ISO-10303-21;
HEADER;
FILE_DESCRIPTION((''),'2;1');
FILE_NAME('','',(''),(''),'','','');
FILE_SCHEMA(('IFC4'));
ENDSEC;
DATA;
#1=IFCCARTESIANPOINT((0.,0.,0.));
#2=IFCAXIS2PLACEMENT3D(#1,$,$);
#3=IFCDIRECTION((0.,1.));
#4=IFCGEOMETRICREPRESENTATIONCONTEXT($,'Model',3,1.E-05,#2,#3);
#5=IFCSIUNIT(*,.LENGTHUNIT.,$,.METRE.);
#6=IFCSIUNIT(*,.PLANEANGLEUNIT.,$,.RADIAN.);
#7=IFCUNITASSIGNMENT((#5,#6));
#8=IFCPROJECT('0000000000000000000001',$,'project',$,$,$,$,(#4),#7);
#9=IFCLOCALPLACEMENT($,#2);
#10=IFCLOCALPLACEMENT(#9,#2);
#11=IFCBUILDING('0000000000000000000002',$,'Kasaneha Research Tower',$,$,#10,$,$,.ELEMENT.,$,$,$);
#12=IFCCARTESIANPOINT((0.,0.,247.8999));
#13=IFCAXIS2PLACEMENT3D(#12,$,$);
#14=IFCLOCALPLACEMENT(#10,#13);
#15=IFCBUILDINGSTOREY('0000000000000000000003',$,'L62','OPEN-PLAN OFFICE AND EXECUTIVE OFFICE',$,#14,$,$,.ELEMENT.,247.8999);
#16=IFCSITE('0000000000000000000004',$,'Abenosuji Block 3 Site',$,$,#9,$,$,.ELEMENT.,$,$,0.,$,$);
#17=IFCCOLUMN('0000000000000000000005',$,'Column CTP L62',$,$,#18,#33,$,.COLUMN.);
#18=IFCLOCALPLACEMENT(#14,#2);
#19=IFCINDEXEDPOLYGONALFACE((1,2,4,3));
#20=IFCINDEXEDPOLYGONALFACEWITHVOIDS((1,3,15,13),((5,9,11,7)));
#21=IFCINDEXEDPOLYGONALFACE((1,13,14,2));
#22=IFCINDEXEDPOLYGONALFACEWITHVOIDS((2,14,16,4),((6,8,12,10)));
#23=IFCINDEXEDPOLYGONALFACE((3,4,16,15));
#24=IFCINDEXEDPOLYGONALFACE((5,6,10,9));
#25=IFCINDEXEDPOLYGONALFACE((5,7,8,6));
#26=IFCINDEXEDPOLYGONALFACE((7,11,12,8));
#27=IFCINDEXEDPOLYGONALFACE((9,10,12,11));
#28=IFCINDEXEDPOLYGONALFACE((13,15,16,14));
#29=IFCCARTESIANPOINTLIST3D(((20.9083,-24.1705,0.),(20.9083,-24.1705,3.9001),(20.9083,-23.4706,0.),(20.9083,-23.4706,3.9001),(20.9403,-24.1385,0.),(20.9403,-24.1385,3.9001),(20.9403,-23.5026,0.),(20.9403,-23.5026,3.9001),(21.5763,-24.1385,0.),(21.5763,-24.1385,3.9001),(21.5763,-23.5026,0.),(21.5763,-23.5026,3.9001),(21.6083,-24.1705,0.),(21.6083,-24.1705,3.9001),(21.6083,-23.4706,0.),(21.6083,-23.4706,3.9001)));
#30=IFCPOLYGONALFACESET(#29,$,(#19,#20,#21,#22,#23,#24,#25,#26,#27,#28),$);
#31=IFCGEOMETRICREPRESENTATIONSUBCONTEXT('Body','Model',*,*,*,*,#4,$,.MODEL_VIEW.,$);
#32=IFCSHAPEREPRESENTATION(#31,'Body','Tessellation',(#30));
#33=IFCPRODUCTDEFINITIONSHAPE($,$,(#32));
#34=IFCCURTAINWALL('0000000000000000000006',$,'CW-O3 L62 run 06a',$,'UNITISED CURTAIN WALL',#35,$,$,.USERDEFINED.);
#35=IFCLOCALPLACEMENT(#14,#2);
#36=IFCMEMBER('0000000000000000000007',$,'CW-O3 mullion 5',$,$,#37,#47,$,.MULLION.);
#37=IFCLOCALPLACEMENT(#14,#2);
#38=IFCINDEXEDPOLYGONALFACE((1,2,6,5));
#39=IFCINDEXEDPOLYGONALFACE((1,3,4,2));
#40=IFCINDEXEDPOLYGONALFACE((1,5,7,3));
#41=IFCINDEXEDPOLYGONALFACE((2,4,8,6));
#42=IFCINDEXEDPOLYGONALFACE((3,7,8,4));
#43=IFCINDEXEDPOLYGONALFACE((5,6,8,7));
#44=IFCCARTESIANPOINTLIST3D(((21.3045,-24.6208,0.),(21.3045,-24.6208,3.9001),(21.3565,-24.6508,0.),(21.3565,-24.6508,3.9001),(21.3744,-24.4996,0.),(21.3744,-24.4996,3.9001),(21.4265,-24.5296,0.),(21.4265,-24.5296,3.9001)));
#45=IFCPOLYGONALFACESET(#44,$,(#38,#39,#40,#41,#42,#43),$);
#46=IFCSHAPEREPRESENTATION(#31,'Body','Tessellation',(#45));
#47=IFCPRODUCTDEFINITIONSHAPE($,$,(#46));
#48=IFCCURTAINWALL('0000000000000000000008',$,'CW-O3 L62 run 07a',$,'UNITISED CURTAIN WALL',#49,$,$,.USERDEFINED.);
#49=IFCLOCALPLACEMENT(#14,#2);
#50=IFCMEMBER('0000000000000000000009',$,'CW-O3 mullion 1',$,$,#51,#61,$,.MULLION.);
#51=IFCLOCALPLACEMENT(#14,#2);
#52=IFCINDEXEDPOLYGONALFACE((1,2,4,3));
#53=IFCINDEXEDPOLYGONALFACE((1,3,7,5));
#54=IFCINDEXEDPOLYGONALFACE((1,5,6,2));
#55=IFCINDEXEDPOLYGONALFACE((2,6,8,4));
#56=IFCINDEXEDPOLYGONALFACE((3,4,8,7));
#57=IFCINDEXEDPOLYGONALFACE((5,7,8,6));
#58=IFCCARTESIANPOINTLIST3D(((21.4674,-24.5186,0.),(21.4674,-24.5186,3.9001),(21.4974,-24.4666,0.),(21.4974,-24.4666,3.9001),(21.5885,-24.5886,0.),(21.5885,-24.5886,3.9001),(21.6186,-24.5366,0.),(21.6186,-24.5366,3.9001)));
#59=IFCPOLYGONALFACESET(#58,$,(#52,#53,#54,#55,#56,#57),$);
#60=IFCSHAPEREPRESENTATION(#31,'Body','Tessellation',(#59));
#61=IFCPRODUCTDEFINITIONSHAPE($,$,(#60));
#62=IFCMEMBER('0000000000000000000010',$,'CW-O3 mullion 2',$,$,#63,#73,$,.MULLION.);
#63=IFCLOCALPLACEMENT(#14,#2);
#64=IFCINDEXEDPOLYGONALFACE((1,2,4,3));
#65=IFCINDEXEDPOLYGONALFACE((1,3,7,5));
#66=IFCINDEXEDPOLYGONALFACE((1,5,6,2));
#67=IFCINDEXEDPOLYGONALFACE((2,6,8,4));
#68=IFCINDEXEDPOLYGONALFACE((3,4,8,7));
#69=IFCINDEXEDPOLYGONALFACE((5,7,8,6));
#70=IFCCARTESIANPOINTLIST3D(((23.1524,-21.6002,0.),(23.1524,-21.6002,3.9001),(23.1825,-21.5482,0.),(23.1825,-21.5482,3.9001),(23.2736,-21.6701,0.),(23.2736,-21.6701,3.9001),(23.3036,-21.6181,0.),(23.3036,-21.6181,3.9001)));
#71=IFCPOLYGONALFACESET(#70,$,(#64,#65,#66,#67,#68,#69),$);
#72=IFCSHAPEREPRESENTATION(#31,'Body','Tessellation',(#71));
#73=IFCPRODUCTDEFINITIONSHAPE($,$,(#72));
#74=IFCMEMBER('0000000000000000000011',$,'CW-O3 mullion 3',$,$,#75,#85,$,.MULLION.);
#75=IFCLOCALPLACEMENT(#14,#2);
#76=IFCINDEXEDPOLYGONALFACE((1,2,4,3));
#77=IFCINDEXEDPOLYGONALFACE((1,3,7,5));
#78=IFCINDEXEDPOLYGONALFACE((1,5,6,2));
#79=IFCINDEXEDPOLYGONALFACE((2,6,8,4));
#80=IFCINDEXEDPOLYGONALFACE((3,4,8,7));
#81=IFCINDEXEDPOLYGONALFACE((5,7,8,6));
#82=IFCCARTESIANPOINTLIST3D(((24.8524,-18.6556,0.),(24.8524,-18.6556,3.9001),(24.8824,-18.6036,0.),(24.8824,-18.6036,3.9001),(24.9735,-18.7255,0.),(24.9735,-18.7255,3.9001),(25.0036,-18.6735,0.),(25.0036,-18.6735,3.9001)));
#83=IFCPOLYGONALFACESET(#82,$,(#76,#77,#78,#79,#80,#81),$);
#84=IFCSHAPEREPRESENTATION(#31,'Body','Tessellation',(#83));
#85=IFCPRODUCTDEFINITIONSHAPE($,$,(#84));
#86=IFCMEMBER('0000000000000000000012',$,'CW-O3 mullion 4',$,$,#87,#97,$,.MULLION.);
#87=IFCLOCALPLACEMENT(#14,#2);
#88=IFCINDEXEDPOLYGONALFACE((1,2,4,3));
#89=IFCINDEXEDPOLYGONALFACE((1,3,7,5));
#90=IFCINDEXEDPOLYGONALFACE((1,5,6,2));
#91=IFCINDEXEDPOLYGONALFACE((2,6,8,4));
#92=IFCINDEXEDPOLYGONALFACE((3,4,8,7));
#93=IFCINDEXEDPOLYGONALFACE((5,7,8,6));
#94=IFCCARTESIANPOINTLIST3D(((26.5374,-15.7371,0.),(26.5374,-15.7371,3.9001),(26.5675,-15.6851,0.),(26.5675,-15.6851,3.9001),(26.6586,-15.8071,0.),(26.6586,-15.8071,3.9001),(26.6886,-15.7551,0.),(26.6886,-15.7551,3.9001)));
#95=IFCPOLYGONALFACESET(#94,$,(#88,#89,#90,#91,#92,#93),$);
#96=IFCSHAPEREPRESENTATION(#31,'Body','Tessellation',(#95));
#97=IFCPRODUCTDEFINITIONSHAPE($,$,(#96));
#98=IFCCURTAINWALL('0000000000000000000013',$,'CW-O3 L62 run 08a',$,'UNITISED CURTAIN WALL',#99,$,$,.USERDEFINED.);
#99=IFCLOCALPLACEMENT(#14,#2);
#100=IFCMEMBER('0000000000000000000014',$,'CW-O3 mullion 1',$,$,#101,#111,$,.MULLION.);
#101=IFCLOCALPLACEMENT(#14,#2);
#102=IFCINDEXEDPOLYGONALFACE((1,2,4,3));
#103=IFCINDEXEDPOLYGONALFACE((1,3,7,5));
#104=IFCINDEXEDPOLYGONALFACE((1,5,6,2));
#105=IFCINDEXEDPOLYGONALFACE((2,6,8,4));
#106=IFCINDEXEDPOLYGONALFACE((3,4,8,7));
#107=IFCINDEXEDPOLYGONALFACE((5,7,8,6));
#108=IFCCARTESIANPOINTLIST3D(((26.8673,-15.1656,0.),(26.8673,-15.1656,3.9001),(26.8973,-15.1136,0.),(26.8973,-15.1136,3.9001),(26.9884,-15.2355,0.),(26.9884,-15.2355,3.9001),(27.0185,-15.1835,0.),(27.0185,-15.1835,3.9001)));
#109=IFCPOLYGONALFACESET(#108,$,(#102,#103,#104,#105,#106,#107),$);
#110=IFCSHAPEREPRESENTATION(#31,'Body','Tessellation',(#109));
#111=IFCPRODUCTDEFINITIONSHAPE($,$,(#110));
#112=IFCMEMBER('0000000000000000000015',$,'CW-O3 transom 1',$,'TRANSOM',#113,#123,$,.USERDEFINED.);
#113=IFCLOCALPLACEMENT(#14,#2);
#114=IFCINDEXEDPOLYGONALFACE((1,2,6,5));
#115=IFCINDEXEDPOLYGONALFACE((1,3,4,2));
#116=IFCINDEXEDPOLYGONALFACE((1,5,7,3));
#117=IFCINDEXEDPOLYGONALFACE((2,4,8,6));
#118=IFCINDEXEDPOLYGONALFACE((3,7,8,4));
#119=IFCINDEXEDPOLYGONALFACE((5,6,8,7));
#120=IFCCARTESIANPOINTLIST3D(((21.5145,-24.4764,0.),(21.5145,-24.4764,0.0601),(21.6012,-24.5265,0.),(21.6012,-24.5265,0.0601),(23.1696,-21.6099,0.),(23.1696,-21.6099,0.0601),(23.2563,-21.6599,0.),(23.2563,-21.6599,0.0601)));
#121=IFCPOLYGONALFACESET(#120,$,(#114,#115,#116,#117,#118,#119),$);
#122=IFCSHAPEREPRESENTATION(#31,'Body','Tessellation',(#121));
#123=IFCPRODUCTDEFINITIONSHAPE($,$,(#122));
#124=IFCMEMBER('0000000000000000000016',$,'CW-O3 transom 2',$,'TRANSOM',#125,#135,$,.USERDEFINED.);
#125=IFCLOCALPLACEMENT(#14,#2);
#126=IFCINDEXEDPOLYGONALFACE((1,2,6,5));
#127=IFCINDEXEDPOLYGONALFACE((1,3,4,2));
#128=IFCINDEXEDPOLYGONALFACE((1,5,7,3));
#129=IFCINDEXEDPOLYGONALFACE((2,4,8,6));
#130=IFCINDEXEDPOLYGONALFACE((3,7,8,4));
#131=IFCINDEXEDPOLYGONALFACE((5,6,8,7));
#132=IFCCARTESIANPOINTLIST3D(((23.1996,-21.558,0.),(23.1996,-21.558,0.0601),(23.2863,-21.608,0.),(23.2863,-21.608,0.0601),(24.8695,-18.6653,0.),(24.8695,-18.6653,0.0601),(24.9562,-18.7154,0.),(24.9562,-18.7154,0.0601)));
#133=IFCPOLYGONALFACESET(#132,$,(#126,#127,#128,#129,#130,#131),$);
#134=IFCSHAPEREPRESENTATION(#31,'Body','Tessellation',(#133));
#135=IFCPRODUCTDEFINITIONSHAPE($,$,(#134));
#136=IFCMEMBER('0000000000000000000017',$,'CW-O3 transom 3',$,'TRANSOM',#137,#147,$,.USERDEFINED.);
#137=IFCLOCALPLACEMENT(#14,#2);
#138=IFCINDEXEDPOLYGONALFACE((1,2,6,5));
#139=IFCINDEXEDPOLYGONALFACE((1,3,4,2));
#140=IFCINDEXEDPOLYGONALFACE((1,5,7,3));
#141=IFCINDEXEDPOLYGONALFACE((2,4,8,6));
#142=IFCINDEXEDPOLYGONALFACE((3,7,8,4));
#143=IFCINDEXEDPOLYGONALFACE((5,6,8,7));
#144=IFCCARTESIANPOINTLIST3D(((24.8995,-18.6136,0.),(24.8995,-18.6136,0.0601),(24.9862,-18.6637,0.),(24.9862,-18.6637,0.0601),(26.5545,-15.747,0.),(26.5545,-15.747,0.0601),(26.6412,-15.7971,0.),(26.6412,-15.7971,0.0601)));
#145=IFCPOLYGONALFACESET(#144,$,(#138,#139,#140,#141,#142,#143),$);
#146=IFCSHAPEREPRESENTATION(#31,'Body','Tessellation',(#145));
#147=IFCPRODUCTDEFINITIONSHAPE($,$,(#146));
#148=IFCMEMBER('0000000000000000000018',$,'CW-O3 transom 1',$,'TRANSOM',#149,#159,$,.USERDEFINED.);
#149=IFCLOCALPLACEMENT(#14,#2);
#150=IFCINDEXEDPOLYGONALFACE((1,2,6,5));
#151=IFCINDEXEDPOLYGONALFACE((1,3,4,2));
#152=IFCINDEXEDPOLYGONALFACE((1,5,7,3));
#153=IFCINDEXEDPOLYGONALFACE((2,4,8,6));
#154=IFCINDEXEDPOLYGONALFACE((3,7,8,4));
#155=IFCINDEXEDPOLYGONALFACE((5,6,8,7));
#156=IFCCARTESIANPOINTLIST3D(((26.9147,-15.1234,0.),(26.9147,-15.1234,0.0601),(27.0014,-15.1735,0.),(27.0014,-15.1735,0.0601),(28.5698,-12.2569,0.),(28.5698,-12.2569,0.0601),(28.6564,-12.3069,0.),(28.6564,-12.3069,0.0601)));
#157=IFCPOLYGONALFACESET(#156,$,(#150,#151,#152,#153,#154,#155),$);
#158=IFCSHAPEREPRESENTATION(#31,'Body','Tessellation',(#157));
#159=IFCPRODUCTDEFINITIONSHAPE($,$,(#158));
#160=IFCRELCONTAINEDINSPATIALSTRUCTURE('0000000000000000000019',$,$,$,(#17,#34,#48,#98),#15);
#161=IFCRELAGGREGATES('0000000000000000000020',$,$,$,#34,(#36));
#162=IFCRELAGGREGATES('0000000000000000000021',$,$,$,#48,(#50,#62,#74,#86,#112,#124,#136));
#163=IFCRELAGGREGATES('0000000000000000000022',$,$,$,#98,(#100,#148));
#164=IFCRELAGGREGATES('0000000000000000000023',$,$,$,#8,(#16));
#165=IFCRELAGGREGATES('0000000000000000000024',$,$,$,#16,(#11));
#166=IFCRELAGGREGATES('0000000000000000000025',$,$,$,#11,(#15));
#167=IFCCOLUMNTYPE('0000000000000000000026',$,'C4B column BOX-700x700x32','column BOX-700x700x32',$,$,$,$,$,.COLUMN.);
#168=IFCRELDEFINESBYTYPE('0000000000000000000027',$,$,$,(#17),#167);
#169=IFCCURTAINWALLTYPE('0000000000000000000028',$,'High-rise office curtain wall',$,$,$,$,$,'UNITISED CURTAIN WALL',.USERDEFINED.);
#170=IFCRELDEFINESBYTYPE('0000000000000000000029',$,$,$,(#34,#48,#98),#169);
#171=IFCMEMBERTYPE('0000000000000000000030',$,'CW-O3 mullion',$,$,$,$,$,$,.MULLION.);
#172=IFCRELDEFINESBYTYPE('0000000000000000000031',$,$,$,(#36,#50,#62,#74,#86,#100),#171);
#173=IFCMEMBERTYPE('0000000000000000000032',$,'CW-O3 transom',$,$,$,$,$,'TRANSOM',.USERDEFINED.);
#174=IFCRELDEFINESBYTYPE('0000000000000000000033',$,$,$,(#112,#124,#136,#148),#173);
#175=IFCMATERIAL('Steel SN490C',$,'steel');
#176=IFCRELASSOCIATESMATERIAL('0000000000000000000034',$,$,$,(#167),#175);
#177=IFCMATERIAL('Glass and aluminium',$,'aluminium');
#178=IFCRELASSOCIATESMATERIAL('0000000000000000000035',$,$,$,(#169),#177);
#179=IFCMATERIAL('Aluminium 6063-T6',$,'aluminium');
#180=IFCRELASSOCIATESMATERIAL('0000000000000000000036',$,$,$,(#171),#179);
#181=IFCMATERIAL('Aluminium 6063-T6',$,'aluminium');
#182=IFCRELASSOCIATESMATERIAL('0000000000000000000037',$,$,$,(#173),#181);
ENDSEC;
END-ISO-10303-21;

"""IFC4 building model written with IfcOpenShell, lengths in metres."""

from ifc_helpers import new_model, si_unit, direction, frame, origin, origin_2d, place, context, subcontext, project, spatial, rectangle, hollow_rectangle, extrude, material, material_profile, profile_set, type_object, element, aggregate, save


model = new_model("IFC4")

# Units and contexts
model_context = context("Model", 3, precision=1e-05, world=origin(), true_north=direction((0.0, 1.0)))
body_context = subcontext(model_context, "Body", "Model", "MODEL_VIEW")
ifc_project = project(units=[si_unit("LENGTHUNIT", "METRE"), si_unit("PLANEANGLEUNIT", "RADIAN")], contexts=[model_context])

# Site, building, storey
site_placement = place(None, origin())
site = spatial("IfcSite", under=ifc_project, at=site_placement, Name="Abenosuji Block 3 Site", CompositionType="ELEMENT", RefElevation=0.0)
building_placement = place(site_placement, origin())
building = spatial("IfcBuilding", under=site, at=building_placement, Name="Kasaneha Research Tower", CompositionType="ELEMENT")
storey_placement = place(building_placement, frame((0.0, 0.0, 247.8999)))
storey = spatial("IfcBuildingStorey", under=building, at=storey_placement, Name="L62", Description="OPEN-PLAN OFFICE AND EXECUTIVE OFFICE", CompositionType="ELEMENT", Elevation=247.8999)

# Column
ifc_material_1 = material(Name="Steel SN490C", Category="steel")
ifc_material_profile_1 = material_profile(ifc_material_1, hollow_rectangle(XDim=0.7, YDim=0.7, WallThickness=0.032, at=origin_2d()), Name="BOX-700x700x32")
ifc_profile_set_1 = profile_set([ifc_material_profile_1], Name="Steel SN490C")
column_type = type_object("IfcColumnType", Name="C4B column BOX-700x700x32", Description="column BOX-700x700x32", PredefinedType="COLUMN", material=ifc_profile_set_1)
column_placement = place(storey_placement, frame((21.2583, -23.8206, 0.0), z_axis=(0.0, 0.0, 1.0), x_axis=(1.0, 0.0, 0.0)))
element("IfcColumn", 1, at=column_placement, inside=storey, type_object=column_type, Name="Column CTP L62", PredefinedType="COLUMN", context=body_context, shape_type="SweptSolid", body=[
    extrude(hollow_rectangle(XDim=0.7, YDim=0.7, WallThickness=0.032, at=origin_2d()), origin(), (0.0, 0.0, 1.0), 3.9001),
])

# Curtain wall, member
ifc_material_2 = material(Name="Glass and aluminium", Category="aluminium")
curtain_wall_type = type_object("IfcCurtainWallType", Name="High-rise office curtain wall", ElementType="UNITISED CURTAIN WALL", PredefinedType="USERDEFINED", material=ifc_material_2)
curtain_wall_1_placement = place(storey_placement, origin())
curtain_wall_1 = element("IfcCurtainWall", 2, at=curtain_wall_1_placement, inside=storey, type_object=curtain_wall_type, Name="CW-O3 L62 run 06a", ObjectType="UNITISED CURTAIN WALL", PredefinedType="USERDEFINED")
ifc_material_3 = material(Name="Aluminium 6063-T6", Category="aluminium")
ifc_material_profile_2 = material_profile(ifc_material_3, rectangle(XDim=0.0601, YDim=0.1399, at=origin_2d()), Name="CW-O3 mullion 60x140")
ifc_profile_set_2 = profile_set([ifc_material_profile_2], Name="Aluminium 6063-T6")
member_type_1 = type_object("IfcMemberType", Name="CW-O3 mullion", PredefinedType="MULLION", material=ifc_profile_set_2)
member_1_placement = place(storey_placement, frame((21.3655, -24.5752, 0.0), z_axis=(0.0, 0.0, 1.0), x_axis=(0.866025, -0.5, 0.0)))
member_1 = element("IfcMember", 3, at=member_1_placement, type_object=member_type_1, Name="CW-O3 mullion 5", PredefinedType="MULLION", context=body_context, shape_type="SweptSolid", body=[
    extrude(rectangle(XDim=0.0601, YDim=0.1399, at=origin_2d()), origin(), (0.0, 0.0, 1.0), 3.9001),
])

# Curtain wall, members
curtain_wall_2_placement = place(storey_placement, origin())
curtain_wall_2 = element("IfcCurtainWall", 4, at=curtain_wall_2_placement, inside=storey, type_object=curtain_wall_type, Name="CW-O3 L62 run 07a", ObjectType="UNITISED CURTAIN WALL", PredefinedType="USERDEFINED")
member_2_placement = place(storey_placement, frame((21.543, -24.5276, 0.0), z_axis=(0.0, 0.0, 1.0), x_axis=(0.5, 0.866025, 0.0)))
member_2 = element("IfcMember", 5, at=member_2_placement, type_object=member_type_1, Name="CW-O3 mullion 1", PredefinedType="MULLION", context=body_context, shape_type="SweptSolid", body=[
    extrude(rectangle(XDim=0.0601, YDim=0.1399, at=origin_2d()), origin(), (0.0, 0.0, 1.0), 3.9001),
])
member_3_placement = place(storey_placement, frame((23.228, -21.6091, 0.0), z_axis=(0.0, 0.0, 1.0), x_axis=(0.5, 0.866025, 0.0)))
member_3 = element("IfcMember", 6, at=member_3_placement, type_object=member_type_1, Name="CW-O3 mullion 2", PredefinedType="MULLION", context=body_context, shape_type="SweptSolid", body=[
    extrude(rectangle(XDim=0.0601, YDim=0.1399, at=origin_2d()), origin(), (0.0, 0.0, 1.0), 3.9001),
])
member_4_placement = place(storey_placement, frame((24.928, -18.6646, 0.0), z_axis=(0.0, 0.0, 1.0), x_axis=(0.5, 0.866025, 0.0)))
member_4 = element("IfcMember", 7, at=member_4_placement, type_object=member_type_1, Name="CW-O3 mullion 3", PredefinedType="MULLION", context=body_context, shape_type="SweptSolid", body=[
    extrude(rectangle(XDim=0.0601, YDim=0.1399, at=origin_2d()), origin(), (0.0, 0.0, 1.0), 3.9001),
])
member_5_placement = place(storey_placement, frame((26.613, -15.7461, 0.0), z_axis=(0.0, 0.0, 1.0), x_axis=(0.5, 0.866025, 0.0)))
member_5 = element("IfcMember", 8, at=member_5_placement, type_object=member_type_1, Name="CW-O3 mullion 4", PredefinedType="MULLION", context=body_context, shape_type="SweptSolid", body=[
    extrude(rectangle(XDim=0.0601, YDim=0.1399, at=origin_2d()), origin(), (0.0, 0.0, 1.0), 3.9001),
])

# Curtain wall, member
curtain_wall_3_placement = place(storey_placement, origin())
curtain_wall_3 = element("IfcCurtainWall", 9, at=curtain_wall_3_placement, inside=storey, type_object=curtain_wall_type, Name="CW-O3 L62 run 08a", ObjectType="UNITISED CURTAIN WALL", PredefinedType="USERDEFINED")
member_6_placement = place(storey_placement, frame((26.9429, -15.1746, 0.0), z_axis=(0.0, 0.0, 1.0), x_axis=(0.5, 0.866025, 0.0)))
member_6 = element("IfcMember", 10, at=member_6_placement, type_object=member_type_1, Name="CW-O3 mullion 1", PredefinedType="MULLION", context=body_context, shape_type="SweptSolid", body=[
    extrude(rectangle(XDim=0.0601, YDim=0.1399, at=origin_2d()), origin(), (0.0, 0.0, 1.0), 3.9001),
])

# Members
ifc_material_4 = material(Name="Aluminium 6063-T6", Category="aluminium")
ifc_material_profile_3 = material_profile(ifc_material_4, rectangle(XDim=0.1001, YDim=0.0601, at=origin_2d()), Name="CW-O3 transom 100x60")
ifc_profile_set_3 = profile_set([ifc_material_profile_3], Name="Aluminium 6063-T6")
member_type_2 = type_object("IfcMemberType", Name="CW-O3 transom", ElementType="TRANSOM", PredefinedType="USERDEFINED", material=ifc_profile_set_3)
member_7_placement = place(storey_placement, frame((21.5579, -24.5015, 0.03), z_axis=(0.500018, 0.866015, 0.0), x_axis=(-0.866015, 0.500018, 0.0)))
member_7 = element("IfcMember", 11, at=member_7_placement, type_object=member_type_2, Name="CW-O3 transom 1", ObjectType="TRANSOM", PredefinedType="USERDEFINED", context=body_context, shape_type="SweptSolid", body=[
    extrude(rectangle(XDim=0.1001, YDim=0.0601, at=origin_2d()), origin(), (0.0, 0.0, 1.0), 3.3101),
])
member_8_placement = place(storey_placement, frame((23.2429, -21.583, 0.03), z_axis=(0.499976, 0.86604, 0.0), x_axis=(-0.86604, 0.499976, 0.0)))
member_8 = element("IfcMember", 12, at=member_8_placement, type_object=member_type_2, Name="CW-O3 transom 2", ObjectType="TRANSOM", PredefinedType="USERDEFINED", context=body_context, shape_type="SweptSolid", body=[
    extrude(rectangle(XDim=0.1001, YDim=0.0601, at=origin_2d()), origin(), (0.0, 0.0, 1.0), 3.3401),
])
member_9_placement = place(storey_placement, frame((24.9429, -18.6387, 0.03), z_axis=(0.499986, 0.866033, 0.0), x_axis=(-0.866033, 0.499986, 0.0)))
member_9 = element("IfcMember", 13, at=member_9_placement, type_object=member_type_2, Name="CW-O3 transom 3", ObjectType="TRANSOM", PredefinedType="USERDEFINED", context=body_context, shape_type="SweptSolid", body=[
    extrude(rectangle(XDim=0.1001, YDim=0.0601, at=origin_2d()), origin(), (0.0, 0.0, 1.0), 3.3101),
])
member_10_placement = place(storey_placement, frame((26.958, -15.1484, 0.03), z_axis=(0.500018, 0.866015, 0.0), x_axis=(-0.866015, 0.500018, 0.0)))
member_10 = element("IfcMember", 14, at=member_10_placement, type_object=member_type_2, Name="CW-O3 transom 1", ObjectType="TRANSOM", PredefinedType="USERDEFINED", context=body_context, shape_type="SweptSolid", body=[
    extrude(rectangle(XDim=0.1001, YDim=0.0601, at=origin_2d()), origin(), (0.0, 0.0, 1.0), 3.3101),
])

aggregate(curtain_wall_1, [member_1])
aggregate(curtain_wall_2, [member_2, member_3, member_4, member_5, member_7, member_8, member_9])
aggregate(curtain_wall_3, [member_6, member_10])

save(model, "model.ifc")
